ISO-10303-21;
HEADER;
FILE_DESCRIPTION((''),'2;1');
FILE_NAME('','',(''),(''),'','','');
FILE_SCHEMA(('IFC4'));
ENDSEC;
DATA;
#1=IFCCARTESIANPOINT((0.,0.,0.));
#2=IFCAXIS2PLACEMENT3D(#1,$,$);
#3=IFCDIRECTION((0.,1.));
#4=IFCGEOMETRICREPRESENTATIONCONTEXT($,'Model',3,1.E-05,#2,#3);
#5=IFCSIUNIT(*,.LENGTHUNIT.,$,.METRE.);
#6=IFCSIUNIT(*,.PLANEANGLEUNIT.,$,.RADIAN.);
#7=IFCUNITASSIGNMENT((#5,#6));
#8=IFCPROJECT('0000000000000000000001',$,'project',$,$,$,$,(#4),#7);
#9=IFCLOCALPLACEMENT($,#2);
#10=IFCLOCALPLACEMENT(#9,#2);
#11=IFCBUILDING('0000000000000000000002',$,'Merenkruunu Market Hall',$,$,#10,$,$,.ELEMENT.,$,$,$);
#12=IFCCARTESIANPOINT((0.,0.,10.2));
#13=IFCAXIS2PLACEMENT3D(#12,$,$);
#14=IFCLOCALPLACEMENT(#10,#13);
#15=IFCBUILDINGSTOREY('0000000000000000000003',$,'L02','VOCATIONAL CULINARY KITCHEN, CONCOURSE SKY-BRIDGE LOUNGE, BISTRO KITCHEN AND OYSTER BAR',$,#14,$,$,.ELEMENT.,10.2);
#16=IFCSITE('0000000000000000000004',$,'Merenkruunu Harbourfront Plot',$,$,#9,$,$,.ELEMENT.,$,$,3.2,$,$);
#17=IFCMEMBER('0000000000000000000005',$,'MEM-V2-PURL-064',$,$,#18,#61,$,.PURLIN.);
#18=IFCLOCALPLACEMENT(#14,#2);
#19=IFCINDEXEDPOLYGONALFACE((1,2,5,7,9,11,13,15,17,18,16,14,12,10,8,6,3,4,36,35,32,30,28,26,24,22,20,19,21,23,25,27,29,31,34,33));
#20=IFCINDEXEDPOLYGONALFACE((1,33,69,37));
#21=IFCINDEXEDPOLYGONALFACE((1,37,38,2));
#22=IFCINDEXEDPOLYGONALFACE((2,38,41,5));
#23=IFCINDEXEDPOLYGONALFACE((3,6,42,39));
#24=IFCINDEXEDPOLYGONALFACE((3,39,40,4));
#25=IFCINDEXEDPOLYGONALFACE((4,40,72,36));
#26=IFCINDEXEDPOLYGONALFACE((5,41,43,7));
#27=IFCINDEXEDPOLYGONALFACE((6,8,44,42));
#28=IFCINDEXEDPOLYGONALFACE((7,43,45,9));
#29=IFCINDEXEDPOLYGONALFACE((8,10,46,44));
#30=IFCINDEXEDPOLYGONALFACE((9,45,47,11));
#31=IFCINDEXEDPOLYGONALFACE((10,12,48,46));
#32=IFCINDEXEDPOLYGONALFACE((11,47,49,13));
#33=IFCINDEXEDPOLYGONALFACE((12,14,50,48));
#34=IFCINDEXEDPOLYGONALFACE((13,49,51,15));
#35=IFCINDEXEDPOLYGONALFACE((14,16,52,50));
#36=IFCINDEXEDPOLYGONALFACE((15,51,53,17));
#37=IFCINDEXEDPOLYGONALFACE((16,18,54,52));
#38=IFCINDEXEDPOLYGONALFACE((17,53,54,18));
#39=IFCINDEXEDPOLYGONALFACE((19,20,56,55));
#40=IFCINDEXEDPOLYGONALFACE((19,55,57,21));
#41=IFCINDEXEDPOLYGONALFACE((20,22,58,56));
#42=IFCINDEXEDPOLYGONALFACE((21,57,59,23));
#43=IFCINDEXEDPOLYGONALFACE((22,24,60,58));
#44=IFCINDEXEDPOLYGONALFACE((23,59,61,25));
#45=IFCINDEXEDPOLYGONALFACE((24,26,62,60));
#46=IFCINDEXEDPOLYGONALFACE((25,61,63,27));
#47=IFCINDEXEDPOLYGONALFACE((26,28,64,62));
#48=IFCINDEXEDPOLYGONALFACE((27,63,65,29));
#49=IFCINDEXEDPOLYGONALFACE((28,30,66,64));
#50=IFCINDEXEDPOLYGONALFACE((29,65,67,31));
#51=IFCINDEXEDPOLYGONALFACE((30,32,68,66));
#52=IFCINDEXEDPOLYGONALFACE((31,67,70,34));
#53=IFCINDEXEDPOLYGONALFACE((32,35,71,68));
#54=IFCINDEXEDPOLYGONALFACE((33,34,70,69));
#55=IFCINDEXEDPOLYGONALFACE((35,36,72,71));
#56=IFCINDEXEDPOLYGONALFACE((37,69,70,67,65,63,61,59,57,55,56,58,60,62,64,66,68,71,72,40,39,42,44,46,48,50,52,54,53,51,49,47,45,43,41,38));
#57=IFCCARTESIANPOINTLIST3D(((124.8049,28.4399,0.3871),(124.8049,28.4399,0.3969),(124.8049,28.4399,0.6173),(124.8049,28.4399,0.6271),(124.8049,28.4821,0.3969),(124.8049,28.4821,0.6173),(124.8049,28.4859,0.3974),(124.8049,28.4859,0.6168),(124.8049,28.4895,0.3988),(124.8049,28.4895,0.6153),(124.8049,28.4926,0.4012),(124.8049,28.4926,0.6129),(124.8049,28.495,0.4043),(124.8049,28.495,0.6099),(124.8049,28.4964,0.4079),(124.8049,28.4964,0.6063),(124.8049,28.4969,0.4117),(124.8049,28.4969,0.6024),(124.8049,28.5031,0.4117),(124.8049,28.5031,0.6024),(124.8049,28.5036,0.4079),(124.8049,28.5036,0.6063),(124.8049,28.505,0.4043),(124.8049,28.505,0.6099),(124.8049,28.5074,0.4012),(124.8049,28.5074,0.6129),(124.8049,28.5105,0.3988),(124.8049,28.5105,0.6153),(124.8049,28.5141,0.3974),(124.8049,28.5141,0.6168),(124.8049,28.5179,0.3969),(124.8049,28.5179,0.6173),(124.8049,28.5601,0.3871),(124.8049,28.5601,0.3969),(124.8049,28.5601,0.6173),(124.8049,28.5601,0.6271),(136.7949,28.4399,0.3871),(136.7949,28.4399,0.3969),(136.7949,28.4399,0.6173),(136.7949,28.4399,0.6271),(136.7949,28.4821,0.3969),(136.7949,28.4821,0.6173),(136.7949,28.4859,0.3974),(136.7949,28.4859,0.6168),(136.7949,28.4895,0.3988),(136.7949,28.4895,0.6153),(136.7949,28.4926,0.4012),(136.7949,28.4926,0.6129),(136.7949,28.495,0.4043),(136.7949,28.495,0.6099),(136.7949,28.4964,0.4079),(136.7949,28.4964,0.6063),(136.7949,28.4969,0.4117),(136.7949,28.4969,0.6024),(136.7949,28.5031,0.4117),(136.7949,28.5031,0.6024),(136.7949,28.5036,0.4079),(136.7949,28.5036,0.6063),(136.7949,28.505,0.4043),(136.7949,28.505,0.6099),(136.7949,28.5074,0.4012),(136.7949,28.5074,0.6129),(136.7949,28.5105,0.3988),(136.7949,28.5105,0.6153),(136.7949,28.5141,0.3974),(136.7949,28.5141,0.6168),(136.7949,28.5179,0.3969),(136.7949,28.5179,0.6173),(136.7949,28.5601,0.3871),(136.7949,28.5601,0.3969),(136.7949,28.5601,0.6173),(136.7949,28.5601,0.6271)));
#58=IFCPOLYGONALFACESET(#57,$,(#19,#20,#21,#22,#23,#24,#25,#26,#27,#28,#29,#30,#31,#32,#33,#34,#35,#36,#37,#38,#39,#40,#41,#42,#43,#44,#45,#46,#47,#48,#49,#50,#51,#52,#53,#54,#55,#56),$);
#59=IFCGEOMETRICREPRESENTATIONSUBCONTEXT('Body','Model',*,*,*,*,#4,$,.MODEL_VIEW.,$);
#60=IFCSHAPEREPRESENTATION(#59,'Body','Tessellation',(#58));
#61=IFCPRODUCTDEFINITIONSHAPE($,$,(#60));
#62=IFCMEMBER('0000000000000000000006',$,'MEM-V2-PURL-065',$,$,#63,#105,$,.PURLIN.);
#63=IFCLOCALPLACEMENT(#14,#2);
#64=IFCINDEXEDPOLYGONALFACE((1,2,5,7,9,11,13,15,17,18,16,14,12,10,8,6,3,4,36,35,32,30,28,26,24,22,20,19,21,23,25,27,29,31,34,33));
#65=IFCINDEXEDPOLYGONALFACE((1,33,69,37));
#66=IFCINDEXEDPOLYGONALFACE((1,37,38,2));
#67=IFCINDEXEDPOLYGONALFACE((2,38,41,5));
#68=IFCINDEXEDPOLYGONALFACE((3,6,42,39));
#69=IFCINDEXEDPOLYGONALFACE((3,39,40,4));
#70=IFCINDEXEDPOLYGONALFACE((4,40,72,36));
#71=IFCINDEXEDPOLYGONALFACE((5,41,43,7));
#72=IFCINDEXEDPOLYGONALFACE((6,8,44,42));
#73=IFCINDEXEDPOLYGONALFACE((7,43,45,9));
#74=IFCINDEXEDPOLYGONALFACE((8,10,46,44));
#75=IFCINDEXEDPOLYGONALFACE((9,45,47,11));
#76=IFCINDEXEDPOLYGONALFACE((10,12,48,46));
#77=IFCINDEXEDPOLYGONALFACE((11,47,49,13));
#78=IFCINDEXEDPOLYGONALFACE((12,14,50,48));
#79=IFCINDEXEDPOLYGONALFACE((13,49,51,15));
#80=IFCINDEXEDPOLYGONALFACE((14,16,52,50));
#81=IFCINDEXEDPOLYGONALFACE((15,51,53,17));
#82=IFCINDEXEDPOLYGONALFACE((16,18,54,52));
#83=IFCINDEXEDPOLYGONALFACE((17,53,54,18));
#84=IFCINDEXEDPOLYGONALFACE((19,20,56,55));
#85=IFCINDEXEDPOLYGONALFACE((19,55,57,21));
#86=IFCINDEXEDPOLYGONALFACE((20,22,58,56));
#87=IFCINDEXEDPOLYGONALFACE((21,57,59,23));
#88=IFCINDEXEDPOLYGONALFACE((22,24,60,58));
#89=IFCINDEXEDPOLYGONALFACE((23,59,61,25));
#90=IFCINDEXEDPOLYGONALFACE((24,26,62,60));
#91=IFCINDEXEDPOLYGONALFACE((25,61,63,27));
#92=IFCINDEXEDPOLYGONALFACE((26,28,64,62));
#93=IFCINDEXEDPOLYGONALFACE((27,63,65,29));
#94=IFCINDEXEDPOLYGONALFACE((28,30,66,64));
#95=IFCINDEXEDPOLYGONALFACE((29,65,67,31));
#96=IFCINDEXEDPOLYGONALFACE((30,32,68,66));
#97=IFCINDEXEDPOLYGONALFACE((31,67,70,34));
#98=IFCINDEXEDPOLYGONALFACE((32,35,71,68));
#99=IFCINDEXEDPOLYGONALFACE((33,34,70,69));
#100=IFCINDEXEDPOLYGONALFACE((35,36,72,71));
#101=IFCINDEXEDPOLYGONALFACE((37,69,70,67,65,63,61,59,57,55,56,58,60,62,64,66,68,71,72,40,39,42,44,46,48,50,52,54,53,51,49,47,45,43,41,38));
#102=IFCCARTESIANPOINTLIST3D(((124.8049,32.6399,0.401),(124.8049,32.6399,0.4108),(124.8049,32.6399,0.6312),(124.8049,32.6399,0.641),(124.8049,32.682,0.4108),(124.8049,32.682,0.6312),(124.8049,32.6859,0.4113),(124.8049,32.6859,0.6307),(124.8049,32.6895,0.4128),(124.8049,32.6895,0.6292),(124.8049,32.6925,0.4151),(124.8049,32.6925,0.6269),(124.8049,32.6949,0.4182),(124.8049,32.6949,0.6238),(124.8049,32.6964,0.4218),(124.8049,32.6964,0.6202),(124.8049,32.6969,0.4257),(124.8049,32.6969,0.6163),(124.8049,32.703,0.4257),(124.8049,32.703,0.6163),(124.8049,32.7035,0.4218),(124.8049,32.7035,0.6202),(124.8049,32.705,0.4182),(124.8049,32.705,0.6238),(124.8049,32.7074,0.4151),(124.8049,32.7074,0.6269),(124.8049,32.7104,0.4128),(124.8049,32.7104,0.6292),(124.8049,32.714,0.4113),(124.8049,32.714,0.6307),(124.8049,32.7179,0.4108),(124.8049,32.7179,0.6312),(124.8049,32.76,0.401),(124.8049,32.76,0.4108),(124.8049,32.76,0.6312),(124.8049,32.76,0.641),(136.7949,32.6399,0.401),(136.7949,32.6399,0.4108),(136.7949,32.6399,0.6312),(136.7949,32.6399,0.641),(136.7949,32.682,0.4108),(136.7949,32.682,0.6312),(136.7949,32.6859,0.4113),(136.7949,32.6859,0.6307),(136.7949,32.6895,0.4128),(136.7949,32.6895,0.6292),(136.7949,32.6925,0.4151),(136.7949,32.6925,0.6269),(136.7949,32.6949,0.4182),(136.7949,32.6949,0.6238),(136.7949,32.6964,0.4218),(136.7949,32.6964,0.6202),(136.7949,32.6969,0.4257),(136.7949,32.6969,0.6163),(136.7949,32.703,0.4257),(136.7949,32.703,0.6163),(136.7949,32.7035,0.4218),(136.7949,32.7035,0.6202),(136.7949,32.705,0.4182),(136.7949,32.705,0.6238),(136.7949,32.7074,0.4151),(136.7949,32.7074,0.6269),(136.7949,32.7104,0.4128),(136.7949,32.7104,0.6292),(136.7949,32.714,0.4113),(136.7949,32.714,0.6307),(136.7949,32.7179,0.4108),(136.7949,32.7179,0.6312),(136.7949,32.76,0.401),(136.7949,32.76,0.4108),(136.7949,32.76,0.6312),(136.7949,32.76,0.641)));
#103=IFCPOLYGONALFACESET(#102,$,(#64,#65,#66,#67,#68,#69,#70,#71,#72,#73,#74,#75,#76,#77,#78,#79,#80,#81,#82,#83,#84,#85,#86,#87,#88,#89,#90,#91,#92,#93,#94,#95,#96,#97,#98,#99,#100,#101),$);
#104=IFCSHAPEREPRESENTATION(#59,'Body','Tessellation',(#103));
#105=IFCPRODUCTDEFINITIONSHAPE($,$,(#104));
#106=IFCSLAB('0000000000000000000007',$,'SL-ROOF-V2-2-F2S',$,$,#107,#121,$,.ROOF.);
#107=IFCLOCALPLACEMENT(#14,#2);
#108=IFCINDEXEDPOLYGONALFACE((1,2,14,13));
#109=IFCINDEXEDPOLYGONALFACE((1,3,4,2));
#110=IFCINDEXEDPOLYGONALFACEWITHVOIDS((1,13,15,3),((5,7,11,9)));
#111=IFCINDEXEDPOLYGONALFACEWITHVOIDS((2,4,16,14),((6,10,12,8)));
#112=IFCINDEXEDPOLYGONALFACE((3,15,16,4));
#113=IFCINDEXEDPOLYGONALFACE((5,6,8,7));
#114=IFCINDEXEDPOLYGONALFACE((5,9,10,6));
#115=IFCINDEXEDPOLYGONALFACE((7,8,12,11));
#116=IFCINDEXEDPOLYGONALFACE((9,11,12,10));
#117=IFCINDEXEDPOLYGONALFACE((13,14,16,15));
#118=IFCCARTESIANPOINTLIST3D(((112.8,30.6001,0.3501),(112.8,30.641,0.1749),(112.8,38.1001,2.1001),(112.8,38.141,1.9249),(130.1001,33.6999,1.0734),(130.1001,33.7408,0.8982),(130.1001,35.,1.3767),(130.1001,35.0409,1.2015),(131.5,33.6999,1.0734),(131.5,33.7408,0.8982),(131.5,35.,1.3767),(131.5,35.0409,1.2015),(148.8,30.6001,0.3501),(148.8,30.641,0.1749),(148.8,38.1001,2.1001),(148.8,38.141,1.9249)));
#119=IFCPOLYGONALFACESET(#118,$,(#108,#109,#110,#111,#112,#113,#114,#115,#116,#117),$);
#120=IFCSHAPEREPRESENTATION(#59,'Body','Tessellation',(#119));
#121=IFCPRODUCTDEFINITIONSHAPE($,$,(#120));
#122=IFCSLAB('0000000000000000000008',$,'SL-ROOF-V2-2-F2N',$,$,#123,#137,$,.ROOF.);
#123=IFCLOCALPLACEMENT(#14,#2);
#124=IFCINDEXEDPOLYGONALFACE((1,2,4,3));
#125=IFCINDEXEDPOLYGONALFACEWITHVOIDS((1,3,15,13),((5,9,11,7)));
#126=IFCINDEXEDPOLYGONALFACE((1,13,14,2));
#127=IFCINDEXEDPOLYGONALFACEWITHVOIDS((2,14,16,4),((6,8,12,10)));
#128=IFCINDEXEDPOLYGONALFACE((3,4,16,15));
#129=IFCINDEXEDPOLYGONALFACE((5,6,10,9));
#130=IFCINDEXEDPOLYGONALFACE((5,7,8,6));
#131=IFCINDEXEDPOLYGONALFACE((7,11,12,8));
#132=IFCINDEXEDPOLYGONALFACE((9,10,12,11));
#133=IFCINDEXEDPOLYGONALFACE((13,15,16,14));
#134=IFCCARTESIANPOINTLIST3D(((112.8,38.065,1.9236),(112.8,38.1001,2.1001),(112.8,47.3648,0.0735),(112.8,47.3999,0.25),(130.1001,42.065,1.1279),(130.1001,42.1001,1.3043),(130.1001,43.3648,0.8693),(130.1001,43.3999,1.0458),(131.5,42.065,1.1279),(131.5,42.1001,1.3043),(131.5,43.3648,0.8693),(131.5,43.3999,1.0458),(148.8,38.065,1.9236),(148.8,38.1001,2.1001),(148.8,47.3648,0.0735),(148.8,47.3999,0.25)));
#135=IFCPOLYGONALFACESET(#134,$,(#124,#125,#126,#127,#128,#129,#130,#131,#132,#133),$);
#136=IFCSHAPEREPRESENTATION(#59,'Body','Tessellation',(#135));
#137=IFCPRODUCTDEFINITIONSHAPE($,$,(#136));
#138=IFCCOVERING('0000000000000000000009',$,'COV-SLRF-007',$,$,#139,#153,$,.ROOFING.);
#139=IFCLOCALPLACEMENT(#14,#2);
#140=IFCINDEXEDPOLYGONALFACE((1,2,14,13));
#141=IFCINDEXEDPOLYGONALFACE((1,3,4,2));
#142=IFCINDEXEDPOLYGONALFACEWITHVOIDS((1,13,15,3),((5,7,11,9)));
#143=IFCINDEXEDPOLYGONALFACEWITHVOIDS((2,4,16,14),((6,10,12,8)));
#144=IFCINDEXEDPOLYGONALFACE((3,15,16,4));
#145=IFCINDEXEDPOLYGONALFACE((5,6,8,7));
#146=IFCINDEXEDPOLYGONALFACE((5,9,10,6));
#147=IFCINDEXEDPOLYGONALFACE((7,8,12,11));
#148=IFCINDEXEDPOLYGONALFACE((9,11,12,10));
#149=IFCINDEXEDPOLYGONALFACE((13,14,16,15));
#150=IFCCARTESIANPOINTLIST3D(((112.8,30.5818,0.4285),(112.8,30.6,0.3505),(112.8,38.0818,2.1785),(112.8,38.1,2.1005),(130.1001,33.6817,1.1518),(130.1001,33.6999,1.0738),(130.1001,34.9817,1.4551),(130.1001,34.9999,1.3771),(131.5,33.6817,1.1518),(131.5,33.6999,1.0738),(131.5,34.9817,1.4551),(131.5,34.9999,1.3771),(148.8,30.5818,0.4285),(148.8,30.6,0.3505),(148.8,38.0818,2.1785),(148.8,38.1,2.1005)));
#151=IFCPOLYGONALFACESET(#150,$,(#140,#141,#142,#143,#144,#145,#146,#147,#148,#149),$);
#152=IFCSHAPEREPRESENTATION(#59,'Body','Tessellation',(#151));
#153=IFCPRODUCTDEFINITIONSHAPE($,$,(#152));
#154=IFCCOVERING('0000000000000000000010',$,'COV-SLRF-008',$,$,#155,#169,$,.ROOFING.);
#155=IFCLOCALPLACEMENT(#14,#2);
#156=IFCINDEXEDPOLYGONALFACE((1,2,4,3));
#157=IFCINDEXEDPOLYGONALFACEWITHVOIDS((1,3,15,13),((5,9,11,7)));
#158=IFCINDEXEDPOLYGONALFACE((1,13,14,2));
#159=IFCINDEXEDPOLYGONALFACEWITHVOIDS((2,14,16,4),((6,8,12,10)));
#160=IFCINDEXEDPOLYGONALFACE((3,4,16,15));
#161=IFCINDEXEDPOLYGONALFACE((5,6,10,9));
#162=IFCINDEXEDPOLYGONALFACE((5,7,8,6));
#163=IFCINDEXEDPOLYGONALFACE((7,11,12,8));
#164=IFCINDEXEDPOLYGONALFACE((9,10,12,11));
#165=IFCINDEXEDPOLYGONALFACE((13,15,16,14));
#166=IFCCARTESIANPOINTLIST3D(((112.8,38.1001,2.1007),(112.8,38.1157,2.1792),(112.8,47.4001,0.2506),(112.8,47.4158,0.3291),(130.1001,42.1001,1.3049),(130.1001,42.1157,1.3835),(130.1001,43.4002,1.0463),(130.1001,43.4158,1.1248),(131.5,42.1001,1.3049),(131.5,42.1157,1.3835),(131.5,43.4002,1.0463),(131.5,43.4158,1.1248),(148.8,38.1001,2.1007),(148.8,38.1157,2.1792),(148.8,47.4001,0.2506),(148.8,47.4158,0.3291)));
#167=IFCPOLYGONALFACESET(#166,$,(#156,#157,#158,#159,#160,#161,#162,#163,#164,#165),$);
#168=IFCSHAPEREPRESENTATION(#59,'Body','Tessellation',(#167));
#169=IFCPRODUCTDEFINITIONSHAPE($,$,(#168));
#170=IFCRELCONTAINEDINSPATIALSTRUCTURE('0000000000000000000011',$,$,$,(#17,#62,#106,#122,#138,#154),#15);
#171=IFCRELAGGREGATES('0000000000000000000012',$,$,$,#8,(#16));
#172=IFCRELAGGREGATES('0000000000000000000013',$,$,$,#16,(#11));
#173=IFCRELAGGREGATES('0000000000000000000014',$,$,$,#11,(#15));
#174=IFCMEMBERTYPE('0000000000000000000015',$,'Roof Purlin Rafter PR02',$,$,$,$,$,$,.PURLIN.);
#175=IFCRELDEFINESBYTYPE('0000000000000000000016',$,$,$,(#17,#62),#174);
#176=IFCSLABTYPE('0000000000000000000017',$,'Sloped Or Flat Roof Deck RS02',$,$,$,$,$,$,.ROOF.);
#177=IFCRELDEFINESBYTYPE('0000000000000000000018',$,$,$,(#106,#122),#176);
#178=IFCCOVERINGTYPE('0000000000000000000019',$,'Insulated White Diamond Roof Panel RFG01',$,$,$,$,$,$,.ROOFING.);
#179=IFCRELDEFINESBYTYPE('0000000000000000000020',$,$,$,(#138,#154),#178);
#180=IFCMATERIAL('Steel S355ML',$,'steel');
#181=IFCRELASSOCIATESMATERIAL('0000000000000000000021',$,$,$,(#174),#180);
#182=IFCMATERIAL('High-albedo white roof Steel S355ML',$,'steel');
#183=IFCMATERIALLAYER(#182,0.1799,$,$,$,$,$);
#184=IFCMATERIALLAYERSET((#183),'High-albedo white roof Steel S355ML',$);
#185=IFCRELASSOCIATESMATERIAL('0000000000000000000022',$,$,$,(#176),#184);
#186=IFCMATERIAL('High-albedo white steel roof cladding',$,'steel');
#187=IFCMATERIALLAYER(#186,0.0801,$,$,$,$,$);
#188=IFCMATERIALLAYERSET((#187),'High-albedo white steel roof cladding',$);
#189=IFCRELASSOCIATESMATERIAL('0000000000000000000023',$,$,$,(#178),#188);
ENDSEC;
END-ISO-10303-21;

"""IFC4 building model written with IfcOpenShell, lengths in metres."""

from ifc_helpers import new_model, si_unit, direction, frame, origin, origin_2d, place, context, subcontext, project, spatial, polyline, i_section, outline, extrude, material, layer, layer_set, material_profile, profile_set, type_object, element, save


model = new_model("IFC4")

# Units and contexts
model_context = context("Model", 3, precision=1e-05, world=origin(), true_north=direction((0.0, 1.0)))
body_context = subcontext(model_context, "Body", "Model", "MODEL_VIEW")
ifc_project = project(units=[si_unit("LENGTHUNIT", "METRE"), si_unit("PLANEANGLEUNIT", "RADIAN")], contexts=[model_context])

# Site, building, storey
site_placement = place(None, origin())
site = spatial("IfcSite", under=ifc_project, at=site_placement, Name="Merenkruunu Harbourfront Plot", CompositionType="ELEMENT", RefElevation=3.2)
building_placement = place(site_placement, origin())
building = spatial("IfcBuilding", under=site, at=building_placement, Name="Merenkruunu Market Hall", CompositionType="ELEMENT")
storey_placement = place(building_placement, frame((0.0, 0.0, 10.2)))
storey = spatial("IfcBuildingStorey", under=building, at=storey_placement, Name="L02", Description="VOCATIONAL CULINARY KITCHEN, CONCOURSE SKY-BRIDGE LOUNGE, BISTRO KITCHEN AND OYSTER BAR", CompositionType="ELEMENT", Elevation=10.2)

# Members
ifc_material_1 = material(Name="Steel S355ML", Category="steel")
ifc_material_profile_1 = material_profile(ifc_material_1, i_section(OverallWidth=0.1201, OverallDepth=0.24, WebThickness=0.0061, FlangeThickness=0.0098, FilletRadius=0.0149, at=origin_2d()), Name="IPE 240")
ifc_profile_set_1 = profile_set([ifc_material_profile_1], Name="Steel S355ML")
member_type = type_object("IfcMemberType", Name="Roof Purlin Rafter PR02", PredefinedType="PURLIN", material=ifc_profile_set_1)
for number, where, z_axis, x_axis, name in (
    (1, (124.8049, 28.5, 0.5071), (1.0, 0.0, 0.0), (0.0, 1.0, 0.0), "MEM-V2-PURL-064"),
    (2, (124.8049, 32.7, 0.521), (1.0, 0.0, 0.0), (0.0, 1.0, 0.0), "MEM-V2-PURL-065"),
):
    element("IfcMember", number, at=place(storey_placement, frame(where, z_axis=z_axis, x_axis=x_axis)), inside=storey, type_object=member_type, Name=name, PredefinedType="PURLIN", context=body_context, shape_type="SweptSolid", body=[
        extrude(i_section(OverallWidth=0.1201, OverallDepth=0.24, WebThickness=0.0061, FlangeThickness=0.0098, FilletRadius=0.0149, at=origin_2d()), origin(), (0.0, 0.0, 1.0), 11.99),
    ])

# Slabs
ifc_material_2 = material(Name="High-albedo white roof Steel S355ML", Category="steel")
ifc_layer_1 = layer(ifc_material_2, 0.1799)
ifc_layer_set_1 = layer_set([ifc_layer_1], Name="High-albedo white roof Steel S355ML")
slab_type = type_object("IfcSlabType", Name="Sloped Or Flat Roof Deck RS02", PredefinedType="ROOF", material=ifc_layer_set_1)
slab_1_placement = place(storey_placement, frame((112.8, 30.6001, 0.3501), z_axis=(0.0, -0.22723, 0.973841), x_axis=(1.0, 0.0, 0.0)))
element("IfcSlab", 3, at=slab_1_placement, inside=storey, type_object=slab_type, Name="SL-ROOF-V2-2-F2S", PredefinedType="ROOF", context=body_context, shape_type="SweptSolid", body=[
    extrude(outline(polyline([(0.0, 0.0), (36.0, 0.0), (36.0, 7.7015), (0.0, 7.7015), (0.0, 0.0)]), holes=[polyline([(17.3, 3.1831), (18.7, 3.1831), (18.7, 4.5181), (17.3, 4.5181), (17.3, 3.1831)])]), origin(), (0.0, 0.0, -1.0), 0.1799),
])
slab_2_placement = place(storey_placement, frame((112.8, 38.1001, 2.1001), z_axis=(0.0, 0.195116, 0.98078), x_axis=(1.0, 0.0, 0.0)))
element("IfcSlab", 4, at=slab_2_placement, inside=storey, type_object=slab_type, Name="SL-ROOF-V2-2-F2N", PredefinedType="ROOF", context=body_context, shape_type="SweptSolid", body=[
    extrude(outline(polyline([(0.0, 0.0), (36.0, 0.0), (36.0, 9.482), (0.0, 9.482), (0.0, 0.0)]), holes=[polyline([(17.3, 4.0784), (18.7, 4.0784), (18.7, 5.4037), (17.3, 5.4037), (17.3, 4.0784)])]), origin(), (0.0, 0.0, -1.0), 0.1799),
])

# Coverings
ifc_material_3 = material(Name="High-albedo white steel roof cladding", Category="steel")
ifc_layer_2 = layer(ifc_material_3, 0.0801)
ifc_layer_set_2 = layer_set([ifc_layer_2], Name="High-albedo white steel roof cladding")
covering_type = type_object("IfcCoveringType", Name="Insulated White Diamond Roof Panel RFG01", PredefinedType="ROOFING", material=ifc_layer_set_2)
covering_1_placement = place(storey_placement, frame((112.8, 30.5818, 0.4285), z_axis=(0.0, -0.22723, 0.973841), x_axis=(1.0, 0.0, 0.0)))
element("IfcCovering", 5, at=covering_1_placement, inside=storey, type_object=covering_type, Name="COV-SLRF-007", PredefinedType="ROOFING", context=body_context, shape_type="SweptSolid", body=[
    extrude(outline(polyline([(0.0, 0.0), (36.0, 0.0), (36.0, 7.7015), (0.0, 7.7015), (0.0, 0.0)]), holes=[polyline([(17.3, 3.1831), (18.7, 3.1831), (18.7, 4.5181), (17.3, 4.5181), (17.3, 3.1831)])]), origin(), (0.0, 0.0, -1.0), 0.0801),
])
covering_2_placement = place(storey_placement, frame((112.8, 38.1157, 2.1792), z_axis=(0.0, 0.195111, 0.980781), x_axis=(1.0, 0.0, 0.0)))
element("IfcCovering", 6, at=covering_2_placement, inside=storey, type_object=covering_type, Name="COV-SLRF-008", PredefinedType="ROOFING", context=body_context, shape_type="SweptSolid", body=[
    extrude(outline(polyline([(0.0, 0.0), (36.0, 0.0), (36.0, 9.4823), (0.0, 9.4823), (0.0, 0.0)]), holes=[polyline([(17.3, 4.0784), (18.7, 4.0784), (18.7, 5.4039), (17.3, 5.4039), (17.3, 4.0784)])]), origin(), (0.0, 0.0, -1.0), 0.0801),
])

save(model, "model.ifc")
